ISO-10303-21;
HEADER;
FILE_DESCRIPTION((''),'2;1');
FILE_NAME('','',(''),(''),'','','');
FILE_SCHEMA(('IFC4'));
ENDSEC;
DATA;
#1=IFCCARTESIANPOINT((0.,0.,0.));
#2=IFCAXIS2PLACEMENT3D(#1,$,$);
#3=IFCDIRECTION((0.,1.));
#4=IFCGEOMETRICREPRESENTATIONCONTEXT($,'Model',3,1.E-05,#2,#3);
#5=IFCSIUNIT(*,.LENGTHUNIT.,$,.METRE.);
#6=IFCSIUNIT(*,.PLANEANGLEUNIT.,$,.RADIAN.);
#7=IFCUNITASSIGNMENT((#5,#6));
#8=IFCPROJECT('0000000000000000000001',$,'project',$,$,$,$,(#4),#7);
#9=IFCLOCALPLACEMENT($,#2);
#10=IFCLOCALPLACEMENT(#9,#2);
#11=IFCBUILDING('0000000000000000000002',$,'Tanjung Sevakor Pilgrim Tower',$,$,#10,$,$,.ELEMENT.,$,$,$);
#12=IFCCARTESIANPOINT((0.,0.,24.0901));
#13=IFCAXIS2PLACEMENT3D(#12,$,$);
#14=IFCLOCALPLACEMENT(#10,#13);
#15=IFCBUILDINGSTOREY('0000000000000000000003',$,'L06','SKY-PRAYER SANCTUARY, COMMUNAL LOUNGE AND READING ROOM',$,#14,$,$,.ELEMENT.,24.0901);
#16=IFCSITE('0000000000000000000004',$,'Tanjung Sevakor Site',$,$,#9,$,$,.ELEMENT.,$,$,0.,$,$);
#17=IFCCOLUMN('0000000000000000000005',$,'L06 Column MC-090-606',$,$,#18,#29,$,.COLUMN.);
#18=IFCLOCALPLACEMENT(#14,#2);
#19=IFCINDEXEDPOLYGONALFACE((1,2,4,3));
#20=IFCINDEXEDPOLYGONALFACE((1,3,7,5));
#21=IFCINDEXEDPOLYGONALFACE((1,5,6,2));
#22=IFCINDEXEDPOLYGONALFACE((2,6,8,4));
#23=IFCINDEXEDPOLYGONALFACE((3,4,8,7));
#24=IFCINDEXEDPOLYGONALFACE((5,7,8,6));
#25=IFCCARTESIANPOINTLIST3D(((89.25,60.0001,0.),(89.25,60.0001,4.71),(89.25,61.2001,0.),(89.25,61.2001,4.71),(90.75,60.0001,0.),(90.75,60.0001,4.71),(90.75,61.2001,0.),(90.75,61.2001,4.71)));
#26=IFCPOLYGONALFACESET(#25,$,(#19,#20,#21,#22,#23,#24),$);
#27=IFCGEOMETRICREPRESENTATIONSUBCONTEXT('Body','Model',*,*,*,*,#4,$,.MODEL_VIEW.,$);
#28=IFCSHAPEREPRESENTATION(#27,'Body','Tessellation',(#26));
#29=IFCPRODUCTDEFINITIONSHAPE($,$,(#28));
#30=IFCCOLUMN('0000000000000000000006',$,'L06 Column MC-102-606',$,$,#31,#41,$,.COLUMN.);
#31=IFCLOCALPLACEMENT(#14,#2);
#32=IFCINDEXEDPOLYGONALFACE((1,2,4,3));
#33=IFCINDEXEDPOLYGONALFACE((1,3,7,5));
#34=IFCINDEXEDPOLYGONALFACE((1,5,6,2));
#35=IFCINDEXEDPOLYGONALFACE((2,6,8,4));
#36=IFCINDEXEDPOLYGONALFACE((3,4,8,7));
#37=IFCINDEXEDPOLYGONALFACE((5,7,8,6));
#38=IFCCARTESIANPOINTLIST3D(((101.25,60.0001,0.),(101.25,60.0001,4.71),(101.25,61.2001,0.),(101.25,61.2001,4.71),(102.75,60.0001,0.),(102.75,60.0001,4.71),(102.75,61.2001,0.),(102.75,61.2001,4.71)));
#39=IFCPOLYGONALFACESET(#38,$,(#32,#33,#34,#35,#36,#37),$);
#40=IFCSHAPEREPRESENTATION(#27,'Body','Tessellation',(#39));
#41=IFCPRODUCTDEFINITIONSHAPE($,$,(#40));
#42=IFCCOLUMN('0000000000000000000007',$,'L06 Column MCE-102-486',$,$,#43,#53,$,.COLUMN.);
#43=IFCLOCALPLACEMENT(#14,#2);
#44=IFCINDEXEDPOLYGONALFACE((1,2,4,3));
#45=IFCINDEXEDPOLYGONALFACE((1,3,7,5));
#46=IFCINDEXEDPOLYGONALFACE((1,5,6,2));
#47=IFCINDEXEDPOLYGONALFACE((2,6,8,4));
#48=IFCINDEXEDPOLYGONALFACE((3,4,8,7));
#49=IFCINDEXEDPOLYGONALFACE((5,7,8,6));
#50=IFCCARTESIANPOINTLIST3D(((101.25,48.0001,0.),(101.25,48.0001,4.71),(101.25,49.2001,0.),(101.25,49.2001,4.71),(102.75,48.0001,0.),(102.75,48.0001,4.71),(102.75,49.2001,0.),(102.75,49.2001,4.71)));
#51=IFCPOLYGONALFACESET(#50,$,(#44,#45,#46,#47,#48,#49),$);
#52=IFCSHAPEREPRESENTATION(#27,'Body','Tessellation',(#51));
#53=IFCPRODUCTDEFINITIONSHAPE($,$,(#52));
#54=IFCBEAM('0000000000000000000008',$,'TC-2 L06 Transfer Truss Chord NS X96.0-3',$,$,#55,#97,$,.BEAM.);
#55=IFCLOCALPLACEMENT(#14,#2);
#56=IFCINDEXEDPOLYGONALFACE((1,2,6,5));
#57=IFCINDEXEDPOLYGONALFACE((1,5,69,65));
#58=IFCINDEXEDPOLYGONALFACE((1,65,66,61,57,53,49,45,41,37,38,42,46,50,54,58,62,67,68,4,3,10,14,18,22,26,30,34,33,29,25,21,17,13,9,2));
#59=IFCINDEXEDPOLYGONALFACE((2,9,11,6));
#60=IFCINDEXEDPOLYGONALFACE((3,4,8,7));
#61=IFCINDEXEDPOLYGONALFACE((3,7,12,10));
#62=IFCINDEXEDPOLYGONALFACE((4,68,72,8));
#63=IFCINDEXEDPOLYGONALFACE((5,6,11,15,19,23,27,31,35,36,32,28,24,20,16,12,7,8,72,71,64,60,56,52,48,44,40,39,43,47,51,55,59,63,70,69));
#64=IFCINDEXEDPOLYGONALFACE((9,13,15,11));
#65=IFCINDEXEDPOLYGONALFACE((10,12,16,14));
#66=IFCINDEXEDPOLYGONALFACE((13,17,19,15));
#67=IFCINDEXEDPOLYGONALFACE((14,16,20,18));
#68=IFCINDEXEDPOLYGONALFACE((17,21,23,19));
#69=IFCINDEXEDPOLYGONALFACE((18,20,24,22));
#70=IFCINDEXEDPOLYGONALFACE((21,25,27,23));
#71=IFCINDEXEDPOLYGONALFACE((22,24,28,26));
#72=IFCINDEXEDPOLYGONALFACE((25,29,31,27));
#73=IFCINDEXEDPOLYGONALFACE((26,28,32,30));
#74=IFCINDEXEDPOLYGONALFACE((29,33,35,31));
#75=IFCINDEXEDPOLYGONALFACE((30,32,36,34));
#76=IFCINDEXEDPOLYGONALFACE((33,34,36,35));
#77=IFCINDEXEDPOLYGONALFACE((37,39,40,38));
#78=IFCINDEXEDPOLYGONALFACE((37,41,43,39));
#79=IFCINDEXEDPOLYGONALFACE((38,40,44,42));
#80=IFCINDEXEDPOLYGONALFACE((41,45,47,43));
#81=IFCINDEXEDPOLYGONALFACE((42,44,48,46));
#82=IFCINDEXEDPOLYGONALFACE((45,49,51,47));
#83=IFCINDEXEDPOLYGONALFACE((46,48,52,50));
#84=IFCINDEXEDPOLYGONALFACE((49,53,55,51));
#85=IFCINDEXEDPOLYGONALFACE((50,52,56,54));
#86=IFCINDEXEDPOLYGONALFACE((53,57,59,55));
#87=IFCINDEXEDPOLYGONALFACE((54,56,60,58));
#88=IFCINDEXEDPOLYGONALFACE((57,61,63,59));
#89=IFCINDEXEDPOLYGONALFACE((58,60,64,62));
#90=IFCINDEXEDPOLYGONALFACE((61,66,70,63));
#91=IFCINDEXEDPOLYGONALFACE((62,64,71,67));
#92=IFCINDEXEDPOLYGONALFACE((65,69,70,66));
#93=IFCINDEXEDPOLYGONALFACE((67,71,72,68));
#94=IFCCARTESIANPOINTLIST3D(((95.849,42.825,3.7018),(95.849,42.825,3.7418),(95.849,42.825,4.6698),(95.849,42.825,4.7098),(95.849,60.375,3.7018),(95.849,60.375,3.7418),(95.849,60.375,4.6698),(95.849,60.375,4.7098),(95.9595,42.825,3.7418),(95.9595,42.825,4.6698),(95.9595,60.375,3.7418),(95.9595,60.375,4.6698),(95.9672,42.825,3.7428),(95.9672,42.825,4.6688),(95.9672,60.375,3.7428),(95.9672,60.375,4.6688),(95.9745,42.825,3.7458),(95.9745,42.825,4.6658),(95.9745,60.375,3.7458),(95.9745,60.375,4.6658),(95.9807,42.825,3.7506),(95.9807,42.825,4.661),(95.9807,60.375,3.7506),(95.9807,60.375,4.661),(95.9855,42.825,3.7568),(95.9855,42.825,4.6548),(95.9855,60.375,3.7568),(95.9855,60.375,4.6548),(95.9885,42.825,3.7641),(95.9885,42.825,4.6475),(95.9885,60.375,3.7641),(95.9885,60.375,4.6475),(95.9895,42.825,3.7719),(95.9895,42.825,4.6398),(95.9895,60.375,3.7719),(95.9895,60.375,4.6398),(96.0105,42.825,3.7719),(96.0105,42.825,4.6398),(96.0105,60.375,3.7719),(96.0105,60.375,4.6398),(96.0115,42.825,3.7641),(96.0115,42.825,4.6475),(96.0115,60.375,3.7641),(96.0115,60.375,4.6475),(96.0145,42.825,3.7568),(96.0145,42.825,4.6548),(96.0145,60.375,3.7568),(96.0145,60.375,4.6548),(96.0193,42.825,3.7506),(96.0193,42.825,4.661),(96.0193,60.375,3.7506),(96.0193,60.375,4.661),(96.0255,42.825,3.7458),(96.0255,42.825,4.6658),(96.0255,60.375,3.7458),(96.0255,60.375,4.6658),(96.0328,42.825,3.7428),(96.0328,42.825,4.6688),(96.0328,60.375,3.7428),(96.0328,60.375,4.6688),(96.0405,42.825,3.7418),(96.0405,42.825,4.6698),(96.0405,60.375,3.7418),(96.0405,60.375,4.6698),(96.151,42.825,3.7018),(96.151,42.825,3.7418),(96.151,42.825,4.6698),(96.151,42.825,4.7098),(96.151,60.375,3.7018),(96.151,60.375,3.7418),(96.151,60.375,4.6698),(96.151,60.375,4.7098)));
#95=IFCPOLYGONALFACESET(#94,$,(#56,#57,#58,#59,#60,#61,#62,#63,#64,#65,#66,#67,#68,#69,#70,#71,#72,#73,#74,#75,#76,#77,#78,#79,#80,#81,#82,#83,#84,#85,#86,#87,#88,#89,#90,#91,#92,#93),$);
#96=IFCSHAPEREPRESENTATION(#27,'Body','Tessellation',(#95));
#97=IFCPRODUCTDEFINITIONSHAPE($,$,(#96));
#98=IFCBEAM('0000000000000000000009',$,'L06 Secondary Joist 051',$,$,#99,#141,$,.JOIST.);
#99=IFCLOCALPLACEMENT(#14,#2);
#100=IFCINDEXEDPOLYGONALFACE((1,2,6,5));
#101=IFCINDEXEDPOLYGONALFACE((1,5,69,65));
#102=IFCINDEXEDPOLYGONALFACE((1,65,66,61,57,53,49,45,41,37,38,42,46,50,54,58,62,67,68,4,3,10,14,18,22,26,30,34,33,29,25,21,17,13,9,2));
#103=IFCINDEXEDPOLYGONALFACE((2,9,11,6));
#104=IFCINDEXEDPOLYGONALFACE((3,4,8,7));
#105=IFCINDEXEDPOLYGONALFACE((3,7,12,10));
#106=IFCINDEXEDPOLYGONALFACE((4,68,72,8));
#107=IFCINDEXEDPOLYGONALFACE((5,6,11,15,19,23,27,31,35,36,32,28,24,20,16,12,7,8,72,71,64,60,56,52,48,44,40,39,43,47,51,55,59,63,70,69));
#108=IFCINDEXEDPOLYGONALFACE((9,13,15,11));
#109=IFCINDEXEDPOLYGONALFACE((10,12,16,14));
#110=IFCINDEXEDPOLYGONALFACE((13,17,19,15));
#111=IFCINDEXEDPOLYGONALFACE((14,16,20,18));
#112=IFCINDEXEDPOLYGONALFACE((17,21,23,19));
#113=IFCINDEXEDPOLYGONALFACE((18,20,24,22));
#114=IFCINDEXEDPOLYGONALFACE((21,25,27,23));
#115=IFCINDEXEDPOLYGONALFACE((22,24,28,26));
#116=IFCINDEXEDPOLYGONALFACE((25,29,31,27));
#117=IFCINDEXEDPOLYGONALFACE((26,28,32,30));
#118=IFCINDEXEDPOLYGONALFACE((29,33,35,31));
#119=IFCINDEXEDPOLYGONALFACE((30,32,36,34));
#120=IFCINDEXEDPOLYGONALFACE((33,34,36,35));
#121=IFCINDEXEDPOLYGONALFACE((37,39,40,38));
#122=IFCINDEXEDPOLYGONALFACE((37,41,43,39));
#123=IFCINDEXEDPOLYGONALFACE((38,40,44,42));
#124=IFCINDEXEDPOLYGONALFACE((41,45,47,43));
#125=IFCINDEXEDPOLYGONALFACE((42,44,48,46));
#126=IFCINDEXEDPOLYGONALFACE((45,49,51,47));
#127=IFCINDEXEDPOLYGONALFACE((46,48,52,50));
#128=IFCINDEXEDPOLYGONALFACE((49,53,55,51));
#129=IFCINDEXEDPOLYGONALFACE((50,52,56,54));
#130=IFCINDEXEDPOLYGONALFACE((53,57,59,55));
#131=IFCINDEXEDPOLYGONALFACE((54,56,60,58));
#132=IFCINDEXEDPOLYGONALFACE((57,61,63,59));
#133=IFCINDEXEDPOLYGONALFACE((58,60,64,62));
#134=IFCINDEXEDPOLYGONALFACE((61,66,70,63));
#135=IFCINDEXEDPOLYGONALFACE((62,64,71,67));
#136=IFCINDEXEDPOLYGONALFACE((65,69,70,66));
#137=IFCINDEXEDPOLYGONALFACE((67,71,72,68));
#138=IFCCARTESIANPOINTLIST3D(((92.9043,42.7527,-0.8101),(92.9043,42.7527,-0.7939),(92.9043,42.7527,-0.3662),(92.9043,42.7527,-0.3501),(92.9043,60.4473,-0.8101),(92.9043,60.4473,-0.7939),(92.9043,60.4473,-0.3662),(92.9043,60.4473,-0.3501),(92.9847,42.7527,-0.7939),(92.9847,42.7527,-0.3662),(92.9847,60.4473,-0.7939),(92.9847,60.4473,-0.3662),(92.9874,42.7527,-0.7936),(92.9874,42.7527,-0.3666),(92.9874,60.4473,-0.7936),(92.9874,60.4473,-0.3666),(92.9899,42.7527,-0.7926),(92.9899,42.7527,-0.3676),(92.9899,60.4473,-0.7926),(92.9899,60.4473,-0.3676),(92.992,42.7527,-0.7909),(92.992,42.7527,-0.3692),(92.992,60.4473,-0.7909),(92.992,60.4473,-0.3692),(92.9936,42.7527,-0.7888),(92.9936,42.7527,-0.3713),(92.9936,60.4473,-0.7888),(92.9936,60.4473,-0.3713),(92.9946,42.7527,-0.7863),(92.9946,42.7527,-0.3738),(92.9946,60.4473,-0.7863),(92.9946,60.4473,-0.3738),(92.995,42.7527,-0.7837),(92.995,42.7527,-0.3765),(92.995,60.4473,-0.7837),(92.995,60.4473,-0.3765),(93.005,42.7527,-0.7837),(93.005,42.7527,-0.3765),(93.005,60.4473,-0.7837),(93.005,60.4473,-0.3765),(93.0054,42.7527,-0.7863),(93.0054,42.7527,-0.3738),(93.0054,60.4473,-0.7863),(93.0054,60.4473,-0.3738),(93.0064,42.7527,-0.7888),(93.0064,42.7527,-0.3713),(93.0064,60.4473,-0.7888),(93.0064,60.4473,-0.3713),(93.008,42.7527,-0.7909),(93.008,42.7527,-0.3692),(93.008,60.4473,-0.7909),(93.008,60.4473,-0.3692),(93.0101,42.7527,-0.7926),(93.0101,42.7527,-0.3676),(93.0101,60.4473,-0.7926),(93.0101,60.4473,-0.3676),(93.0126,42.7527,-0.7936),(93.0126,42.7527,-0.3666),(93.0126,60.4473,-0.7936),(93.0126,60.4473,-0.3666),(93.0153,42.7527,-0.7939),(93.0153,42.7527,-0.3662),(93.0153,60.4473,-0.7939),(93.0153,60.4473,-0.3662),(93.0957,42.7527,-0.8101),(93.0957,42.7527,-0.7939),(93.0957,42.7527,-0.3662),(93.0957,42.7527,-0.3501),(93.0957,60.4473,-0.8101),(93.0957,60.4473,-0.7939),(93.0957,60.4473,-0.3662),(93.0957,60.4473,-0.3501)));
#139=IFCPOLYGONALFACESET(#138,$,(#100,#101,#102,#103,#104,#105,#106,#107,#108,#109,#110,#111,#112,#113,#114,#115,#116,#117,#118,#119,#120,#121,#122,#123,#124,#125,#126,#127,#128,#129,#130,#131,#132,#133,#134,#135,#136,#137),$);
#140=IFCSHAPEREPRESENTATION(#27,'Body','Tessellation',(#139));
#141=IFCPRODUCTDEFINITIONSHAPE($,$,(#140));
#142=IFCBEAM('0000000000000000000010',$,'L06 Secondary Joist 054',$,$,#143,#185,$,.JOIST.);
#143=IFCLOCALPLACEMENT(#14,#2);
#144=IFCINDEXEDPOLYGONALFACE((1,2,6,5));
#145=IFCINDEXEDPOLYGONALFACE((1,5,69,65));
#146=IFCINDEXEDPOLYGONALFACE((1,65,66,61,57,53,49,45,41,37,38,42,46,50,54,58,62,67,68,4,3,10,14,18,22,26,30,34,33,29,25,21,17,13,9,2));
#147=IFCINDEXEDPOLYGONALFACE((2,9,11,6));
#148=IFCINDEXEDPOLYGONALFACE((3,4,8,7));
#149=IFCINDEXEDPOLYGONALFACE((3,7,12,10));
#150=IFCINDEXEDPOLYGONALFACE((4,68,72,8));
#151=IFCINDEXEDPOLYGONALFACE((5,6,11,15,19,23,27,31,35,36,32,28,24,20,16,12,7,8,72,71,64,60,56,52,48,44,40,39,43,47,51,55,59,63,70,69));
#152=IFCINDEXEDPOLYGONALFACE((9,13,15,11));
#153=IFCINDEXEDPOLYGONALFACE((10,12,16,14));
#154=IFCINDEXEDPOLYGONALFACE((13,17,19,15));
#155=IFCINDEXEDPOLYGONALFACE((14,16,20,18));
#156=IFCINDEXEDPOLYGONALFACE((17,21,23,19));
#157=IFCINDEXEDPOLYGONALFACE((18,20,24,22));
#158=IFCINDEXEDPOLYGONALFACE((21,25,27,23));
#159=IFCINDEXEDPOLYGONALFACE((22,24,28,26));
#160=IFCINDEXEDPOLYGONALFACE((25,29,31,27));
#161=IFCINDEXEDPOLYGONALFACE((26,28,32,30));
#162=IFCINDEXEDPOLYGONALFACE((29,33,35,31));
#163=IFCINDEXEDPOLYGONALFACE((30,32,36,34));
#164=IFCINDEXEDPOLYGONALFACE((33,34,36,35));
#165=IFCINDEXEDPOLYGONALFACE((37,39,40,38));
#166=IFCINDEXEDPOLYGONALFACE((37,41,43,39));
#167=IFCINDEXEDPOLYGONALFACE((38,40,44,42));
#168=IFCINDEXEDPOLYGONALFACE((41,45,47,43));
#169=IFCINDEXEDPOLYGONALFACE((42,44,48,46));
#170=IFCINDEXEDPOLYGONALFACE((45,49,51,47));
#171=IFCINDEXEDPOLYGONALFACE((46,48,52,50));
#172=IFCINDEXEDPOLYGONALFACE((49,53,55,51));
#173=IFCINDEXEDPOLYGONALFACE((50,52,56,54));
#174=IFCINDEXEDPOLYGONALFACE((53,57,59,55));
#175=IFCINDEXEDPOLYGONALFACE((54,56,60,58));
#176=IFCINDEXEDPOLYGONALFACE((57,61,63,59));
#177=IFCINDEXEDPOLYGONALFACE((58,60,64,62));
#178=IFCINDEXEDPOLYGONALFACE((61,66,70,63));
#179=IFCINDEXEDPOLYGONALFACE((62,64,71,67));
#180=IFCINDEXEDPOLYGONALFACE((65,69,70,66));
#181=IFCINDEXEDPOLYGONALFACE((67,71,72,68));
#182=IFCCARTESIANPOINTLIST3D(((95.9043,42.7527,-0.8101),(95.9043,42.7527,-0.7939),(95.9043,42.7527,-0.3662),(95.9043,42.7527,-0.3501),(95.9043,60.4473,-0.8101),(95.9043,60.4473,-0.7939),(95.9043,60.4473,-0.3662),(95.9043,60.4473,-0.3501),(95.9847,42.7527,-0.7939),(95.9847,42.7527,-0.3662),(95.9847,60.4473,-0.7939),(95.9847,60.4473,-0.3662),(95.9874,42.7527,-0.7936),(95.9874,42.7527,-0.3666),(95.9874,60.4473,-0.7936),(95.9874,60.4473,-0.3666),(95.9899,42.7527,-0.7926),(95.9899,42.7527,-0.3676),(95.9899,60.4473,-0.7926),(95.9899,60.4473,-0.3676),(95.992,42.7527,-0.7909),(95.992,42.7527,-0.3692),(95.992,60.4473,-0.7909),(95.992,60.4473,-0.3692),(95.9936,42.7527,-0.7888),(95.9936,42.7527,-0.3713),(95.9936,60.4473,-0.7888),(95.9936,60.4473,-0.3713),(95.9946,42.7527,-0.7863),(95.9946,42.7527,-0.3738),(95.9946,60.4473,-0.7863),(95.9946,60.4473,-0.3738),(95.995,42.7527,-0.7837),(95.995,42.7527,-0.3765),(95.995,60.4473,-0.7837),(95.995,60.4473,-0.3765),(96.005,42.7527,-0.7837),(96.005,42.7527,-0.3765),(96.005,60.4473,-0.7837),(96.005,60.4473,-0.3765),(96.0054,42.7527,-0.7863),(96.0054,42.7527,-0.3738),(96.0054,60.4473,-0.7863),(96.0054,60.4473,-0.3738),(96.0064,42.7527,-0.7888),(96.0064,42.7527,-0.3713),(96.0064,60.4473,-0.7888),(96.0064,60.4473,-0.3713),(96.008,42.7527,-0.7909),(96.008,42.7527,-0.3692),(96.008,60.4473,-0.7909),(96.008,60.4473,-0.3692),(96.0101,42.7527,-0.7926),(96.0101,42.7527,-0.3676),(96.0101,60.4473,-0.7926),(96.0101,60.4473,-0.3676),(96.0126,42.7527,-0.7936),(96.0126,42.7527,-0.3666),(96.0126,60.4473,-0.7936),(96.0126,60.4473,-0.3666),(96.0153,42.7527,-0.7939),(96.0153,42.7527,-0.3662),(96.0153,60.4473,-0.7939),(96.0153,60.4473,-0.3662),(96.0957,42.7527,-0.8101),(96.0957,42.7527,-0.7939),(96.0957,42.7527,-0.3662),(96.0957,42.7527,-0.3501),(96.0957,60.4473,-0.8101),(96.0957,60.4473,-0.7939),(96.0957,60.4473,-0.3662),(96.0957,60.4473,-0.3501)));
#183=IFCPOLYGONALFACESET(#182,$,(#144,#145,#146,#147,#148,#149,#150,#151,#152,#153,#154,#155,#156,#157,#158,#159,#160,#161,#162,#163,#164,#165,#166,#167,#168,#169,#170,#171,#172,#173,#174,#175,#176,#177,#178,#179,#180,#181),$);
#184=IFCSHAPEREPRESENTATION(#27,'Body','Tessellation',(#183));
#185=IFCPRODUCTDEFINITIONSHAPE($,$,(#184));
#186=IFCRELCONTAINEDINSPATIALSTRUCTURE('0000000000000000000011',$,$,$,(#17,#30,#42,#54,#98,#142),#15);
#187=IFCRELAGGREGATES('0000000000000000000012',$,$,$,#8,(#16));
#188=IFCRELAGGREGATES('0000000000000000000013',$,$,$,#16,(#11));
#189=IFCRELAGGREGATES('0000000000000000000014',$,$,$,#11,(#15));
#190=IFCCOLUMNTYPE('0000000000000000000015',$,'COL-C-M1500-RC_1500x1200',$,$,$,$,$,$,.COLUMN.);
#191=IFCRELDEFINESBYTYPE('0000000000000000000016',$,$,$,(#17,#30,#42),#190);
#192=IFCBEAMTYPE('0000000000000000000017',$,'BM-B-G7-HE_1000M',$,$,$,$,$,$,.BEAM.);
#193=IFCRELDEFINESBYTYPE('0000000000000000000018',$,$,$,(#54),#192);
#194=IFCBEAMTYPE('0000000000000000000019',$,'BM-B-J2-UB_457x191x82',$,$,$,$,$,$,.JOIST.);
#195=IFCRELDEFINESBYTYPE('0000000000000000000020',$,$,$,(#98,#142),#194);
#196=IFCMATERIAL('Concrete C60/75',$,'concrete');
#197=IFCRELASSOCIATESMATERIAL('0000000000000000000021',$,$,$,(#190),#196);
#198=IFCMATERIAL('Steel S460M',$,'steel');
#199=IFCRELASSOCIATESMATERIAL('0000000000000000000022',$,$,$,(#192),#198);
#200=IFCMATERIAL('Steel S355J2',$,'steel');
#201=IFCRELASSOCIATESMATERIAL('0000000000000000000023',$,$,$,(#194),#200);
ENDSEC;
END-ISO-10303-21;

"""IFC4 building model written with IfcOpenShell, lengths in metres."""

from ifc_helpers import new_model, si_unit, direction, frame, origin, origin_2d, place, context, subcontext, project, spatial, rectangle, i_section, extrude, material, material_profile, profile_set, type_object, element, save


model = new_model("IFC4")

# Units and contexts
model_context = context("Model", 3, precision=1e-05, world=origin(), true_north=direction((0.0, 1.0)))
body_context = subcontext(model_context, "Body", "Model", "MODEL_VIEW")
ifc_project = project(units=[si_unit("LENGTHUNIT", "METRE"), si_unit("PLANEANGLEUNIT", "RADIAN")], contexts=[model_context])

# Site, building, storey
site_placement = place(None, origin())
site = spatial("IfcSite", under=ifc_project, at=site_placement, Name="Tanjung Sevakor Site", CompositionType="ELEMENT", RefElevation=0.0)
building_placement = place(site_placement, origin())
building = spatial("IfcBuilding", under=site, at=building_placement, Name="Tanjung Sevakor Pilgrim Tower", CompositionType="ELEMENT")
storey_placement = place(building_placement, frame((0.0, 0.0, 24.0901)))
storey = spatial("IfcBuildingStorey", under=building, at=storey_placement, Name="L06", Description="SKY-PRAYER SANCTUARY, COMMUNAL LOUNGE AND READING ROOM", CompositionType="ELEMENT", Elevation=24.0901)

# Columns
ifc_material_1 = material(Name="Concrete C60/75", Category="concrete")
ifc_material_profile_1 = material_profile(ifc_material_1, rectangle(XDim=1.5, YDim=1.2, at=origin_2d()))
ifc_profile_set_1 = profile_set([ifc_material_profile_1], Name="Concrete C60/75")
column_type = type_object("IfcColumnType", Name="COL-C-M1500-RC_1500x1200", PredefinedType="COLUMN", material=ifc_profile_set_1)
for number, where, z_axis, x_axis, name in (
    (1, (90.0, 60.6001, 0.0), (0.0, 0.0, 1.0), (1.0, 0.0, 0.0), "L06 Column MC-090-606"),
    (2, (102.0, 60.6001, 0.0), (0.0, 0.0, 1.0), (1.0, 0.0, 0.0), "L06 Column MC-102-606"),
    (3, (102.0, 48.6001, 0.0), (0.0, 0.0, 1.0), (1.0, 0.0, 0.0), "L06 Column MCE-102-486"),
):
    element("IfcColumn", number, at=place(storey_placement, frame(where, z_axis=z_axis, x_axis=x_axis)), inside=storey, type_object=column_type, Name=name, PredefinedType="COLUMN", context=body_context, shape_type="SweptSolid", body=[
        extrude(rectangle(XDim=1.5, YDim=1.2, at=origin_2d()), origin(), (0.0, 0.0, 1.0), 4.71),
    ])

# Beams
ifc_material_2 = material(Name="Steel S460M", Category="steel")
ifc_material_profile_2 = material_profile(ifc_material_2, i_section(OverallWidth=0.302, OverallDepth=1.0081, WebThickness=0.021, FlangeThickness=0.04, FilletRadius=0.03, at=origin_2d()))
ifc_profile_set_2 = profile_set([ifc_material_profile_2], Name="Steel S460M")
beam_type_1 = type_object("IfcBeamType", Name="BM-B-G7-HE_1000M", PredefinedType="BEAM", material=ifc_profile_set_2)
beam_1_placement = place(storey_placement, frame((96.0, 42.825, 4.2058), z_axis=(0.0, 1.0, 0.0), x_axis=(-1.0, 0.0, 0.0)))
element("IfcBeam", 4, at=beam_1_placement, inside=storey, type_object=beam_type_1, Name="TC-2 L06 Transfer Truss Chord NS X96.0-3", PredefinedType="BEAM", context=body_context, shape_type="SweptSolid", body=[
    extrude(i_section(OverallWidth=0.302, OverallDepth=1.0081, WebThickness=0.021, FlangeThickness=0.04, FilletRadius=0.03, at=origin_2d()), origin(), (0.0, 0.0, 1.0), 17.55),
])
ifc_material_3 = material(Name="Steel S355J2", Category="steel")
ifc_material_profile_3 = material_profile(ifc_material_3, i_section(OverallWidth=0.1914, OverallDepth=0.46, WebThickness=0.01, FlangeThickness=0.0161, FilletRadius=0.0103, at=origin_2d()))
ifc_profile_set_3 = profile_set([ifc_material_profile_3], Name="Steel S355J2")
beam_type_2 = type_object("IfcBeamType", Name="BM-B-J2-UB_457x191x82", PredefinedType="JOIST", material=ifc_profile_set_3)
for number, where, z_axis, x_axis, name in (
    (5, (93.0, 42.7527, -0.5801), (0.0, 1.0, 0.0), (-1.0, 0.0, 0.0), "L06 Secondary Joist 051"),
    (6, (96.0, 42.7527, -0.5801), (0.0, 1.0, 0.0), (-1.0, 0.0, 0.0), "L06 Secondary Joist 054"),
):
    element("IfcBeam", number, at=place(storey_placement, frame(where, z_axis=z_axis, x_axis=x_axis)), inside=storey, type_object=beam_type_2, Name=name, PredefinedType="JOIST", context=body_context, shape_type="SweptSolid", body=[
        extrude(i_section(OverallWidth=0.1914, OverallDepth=0.46, WebThickness=0.01, FlangeThickness=0.0161, FilletRadius=0.0103, at=origin_2d()), origin(), (0.0, 0.0, 1.0), 17.6946),
    ])

save(model, "model.ifc")
